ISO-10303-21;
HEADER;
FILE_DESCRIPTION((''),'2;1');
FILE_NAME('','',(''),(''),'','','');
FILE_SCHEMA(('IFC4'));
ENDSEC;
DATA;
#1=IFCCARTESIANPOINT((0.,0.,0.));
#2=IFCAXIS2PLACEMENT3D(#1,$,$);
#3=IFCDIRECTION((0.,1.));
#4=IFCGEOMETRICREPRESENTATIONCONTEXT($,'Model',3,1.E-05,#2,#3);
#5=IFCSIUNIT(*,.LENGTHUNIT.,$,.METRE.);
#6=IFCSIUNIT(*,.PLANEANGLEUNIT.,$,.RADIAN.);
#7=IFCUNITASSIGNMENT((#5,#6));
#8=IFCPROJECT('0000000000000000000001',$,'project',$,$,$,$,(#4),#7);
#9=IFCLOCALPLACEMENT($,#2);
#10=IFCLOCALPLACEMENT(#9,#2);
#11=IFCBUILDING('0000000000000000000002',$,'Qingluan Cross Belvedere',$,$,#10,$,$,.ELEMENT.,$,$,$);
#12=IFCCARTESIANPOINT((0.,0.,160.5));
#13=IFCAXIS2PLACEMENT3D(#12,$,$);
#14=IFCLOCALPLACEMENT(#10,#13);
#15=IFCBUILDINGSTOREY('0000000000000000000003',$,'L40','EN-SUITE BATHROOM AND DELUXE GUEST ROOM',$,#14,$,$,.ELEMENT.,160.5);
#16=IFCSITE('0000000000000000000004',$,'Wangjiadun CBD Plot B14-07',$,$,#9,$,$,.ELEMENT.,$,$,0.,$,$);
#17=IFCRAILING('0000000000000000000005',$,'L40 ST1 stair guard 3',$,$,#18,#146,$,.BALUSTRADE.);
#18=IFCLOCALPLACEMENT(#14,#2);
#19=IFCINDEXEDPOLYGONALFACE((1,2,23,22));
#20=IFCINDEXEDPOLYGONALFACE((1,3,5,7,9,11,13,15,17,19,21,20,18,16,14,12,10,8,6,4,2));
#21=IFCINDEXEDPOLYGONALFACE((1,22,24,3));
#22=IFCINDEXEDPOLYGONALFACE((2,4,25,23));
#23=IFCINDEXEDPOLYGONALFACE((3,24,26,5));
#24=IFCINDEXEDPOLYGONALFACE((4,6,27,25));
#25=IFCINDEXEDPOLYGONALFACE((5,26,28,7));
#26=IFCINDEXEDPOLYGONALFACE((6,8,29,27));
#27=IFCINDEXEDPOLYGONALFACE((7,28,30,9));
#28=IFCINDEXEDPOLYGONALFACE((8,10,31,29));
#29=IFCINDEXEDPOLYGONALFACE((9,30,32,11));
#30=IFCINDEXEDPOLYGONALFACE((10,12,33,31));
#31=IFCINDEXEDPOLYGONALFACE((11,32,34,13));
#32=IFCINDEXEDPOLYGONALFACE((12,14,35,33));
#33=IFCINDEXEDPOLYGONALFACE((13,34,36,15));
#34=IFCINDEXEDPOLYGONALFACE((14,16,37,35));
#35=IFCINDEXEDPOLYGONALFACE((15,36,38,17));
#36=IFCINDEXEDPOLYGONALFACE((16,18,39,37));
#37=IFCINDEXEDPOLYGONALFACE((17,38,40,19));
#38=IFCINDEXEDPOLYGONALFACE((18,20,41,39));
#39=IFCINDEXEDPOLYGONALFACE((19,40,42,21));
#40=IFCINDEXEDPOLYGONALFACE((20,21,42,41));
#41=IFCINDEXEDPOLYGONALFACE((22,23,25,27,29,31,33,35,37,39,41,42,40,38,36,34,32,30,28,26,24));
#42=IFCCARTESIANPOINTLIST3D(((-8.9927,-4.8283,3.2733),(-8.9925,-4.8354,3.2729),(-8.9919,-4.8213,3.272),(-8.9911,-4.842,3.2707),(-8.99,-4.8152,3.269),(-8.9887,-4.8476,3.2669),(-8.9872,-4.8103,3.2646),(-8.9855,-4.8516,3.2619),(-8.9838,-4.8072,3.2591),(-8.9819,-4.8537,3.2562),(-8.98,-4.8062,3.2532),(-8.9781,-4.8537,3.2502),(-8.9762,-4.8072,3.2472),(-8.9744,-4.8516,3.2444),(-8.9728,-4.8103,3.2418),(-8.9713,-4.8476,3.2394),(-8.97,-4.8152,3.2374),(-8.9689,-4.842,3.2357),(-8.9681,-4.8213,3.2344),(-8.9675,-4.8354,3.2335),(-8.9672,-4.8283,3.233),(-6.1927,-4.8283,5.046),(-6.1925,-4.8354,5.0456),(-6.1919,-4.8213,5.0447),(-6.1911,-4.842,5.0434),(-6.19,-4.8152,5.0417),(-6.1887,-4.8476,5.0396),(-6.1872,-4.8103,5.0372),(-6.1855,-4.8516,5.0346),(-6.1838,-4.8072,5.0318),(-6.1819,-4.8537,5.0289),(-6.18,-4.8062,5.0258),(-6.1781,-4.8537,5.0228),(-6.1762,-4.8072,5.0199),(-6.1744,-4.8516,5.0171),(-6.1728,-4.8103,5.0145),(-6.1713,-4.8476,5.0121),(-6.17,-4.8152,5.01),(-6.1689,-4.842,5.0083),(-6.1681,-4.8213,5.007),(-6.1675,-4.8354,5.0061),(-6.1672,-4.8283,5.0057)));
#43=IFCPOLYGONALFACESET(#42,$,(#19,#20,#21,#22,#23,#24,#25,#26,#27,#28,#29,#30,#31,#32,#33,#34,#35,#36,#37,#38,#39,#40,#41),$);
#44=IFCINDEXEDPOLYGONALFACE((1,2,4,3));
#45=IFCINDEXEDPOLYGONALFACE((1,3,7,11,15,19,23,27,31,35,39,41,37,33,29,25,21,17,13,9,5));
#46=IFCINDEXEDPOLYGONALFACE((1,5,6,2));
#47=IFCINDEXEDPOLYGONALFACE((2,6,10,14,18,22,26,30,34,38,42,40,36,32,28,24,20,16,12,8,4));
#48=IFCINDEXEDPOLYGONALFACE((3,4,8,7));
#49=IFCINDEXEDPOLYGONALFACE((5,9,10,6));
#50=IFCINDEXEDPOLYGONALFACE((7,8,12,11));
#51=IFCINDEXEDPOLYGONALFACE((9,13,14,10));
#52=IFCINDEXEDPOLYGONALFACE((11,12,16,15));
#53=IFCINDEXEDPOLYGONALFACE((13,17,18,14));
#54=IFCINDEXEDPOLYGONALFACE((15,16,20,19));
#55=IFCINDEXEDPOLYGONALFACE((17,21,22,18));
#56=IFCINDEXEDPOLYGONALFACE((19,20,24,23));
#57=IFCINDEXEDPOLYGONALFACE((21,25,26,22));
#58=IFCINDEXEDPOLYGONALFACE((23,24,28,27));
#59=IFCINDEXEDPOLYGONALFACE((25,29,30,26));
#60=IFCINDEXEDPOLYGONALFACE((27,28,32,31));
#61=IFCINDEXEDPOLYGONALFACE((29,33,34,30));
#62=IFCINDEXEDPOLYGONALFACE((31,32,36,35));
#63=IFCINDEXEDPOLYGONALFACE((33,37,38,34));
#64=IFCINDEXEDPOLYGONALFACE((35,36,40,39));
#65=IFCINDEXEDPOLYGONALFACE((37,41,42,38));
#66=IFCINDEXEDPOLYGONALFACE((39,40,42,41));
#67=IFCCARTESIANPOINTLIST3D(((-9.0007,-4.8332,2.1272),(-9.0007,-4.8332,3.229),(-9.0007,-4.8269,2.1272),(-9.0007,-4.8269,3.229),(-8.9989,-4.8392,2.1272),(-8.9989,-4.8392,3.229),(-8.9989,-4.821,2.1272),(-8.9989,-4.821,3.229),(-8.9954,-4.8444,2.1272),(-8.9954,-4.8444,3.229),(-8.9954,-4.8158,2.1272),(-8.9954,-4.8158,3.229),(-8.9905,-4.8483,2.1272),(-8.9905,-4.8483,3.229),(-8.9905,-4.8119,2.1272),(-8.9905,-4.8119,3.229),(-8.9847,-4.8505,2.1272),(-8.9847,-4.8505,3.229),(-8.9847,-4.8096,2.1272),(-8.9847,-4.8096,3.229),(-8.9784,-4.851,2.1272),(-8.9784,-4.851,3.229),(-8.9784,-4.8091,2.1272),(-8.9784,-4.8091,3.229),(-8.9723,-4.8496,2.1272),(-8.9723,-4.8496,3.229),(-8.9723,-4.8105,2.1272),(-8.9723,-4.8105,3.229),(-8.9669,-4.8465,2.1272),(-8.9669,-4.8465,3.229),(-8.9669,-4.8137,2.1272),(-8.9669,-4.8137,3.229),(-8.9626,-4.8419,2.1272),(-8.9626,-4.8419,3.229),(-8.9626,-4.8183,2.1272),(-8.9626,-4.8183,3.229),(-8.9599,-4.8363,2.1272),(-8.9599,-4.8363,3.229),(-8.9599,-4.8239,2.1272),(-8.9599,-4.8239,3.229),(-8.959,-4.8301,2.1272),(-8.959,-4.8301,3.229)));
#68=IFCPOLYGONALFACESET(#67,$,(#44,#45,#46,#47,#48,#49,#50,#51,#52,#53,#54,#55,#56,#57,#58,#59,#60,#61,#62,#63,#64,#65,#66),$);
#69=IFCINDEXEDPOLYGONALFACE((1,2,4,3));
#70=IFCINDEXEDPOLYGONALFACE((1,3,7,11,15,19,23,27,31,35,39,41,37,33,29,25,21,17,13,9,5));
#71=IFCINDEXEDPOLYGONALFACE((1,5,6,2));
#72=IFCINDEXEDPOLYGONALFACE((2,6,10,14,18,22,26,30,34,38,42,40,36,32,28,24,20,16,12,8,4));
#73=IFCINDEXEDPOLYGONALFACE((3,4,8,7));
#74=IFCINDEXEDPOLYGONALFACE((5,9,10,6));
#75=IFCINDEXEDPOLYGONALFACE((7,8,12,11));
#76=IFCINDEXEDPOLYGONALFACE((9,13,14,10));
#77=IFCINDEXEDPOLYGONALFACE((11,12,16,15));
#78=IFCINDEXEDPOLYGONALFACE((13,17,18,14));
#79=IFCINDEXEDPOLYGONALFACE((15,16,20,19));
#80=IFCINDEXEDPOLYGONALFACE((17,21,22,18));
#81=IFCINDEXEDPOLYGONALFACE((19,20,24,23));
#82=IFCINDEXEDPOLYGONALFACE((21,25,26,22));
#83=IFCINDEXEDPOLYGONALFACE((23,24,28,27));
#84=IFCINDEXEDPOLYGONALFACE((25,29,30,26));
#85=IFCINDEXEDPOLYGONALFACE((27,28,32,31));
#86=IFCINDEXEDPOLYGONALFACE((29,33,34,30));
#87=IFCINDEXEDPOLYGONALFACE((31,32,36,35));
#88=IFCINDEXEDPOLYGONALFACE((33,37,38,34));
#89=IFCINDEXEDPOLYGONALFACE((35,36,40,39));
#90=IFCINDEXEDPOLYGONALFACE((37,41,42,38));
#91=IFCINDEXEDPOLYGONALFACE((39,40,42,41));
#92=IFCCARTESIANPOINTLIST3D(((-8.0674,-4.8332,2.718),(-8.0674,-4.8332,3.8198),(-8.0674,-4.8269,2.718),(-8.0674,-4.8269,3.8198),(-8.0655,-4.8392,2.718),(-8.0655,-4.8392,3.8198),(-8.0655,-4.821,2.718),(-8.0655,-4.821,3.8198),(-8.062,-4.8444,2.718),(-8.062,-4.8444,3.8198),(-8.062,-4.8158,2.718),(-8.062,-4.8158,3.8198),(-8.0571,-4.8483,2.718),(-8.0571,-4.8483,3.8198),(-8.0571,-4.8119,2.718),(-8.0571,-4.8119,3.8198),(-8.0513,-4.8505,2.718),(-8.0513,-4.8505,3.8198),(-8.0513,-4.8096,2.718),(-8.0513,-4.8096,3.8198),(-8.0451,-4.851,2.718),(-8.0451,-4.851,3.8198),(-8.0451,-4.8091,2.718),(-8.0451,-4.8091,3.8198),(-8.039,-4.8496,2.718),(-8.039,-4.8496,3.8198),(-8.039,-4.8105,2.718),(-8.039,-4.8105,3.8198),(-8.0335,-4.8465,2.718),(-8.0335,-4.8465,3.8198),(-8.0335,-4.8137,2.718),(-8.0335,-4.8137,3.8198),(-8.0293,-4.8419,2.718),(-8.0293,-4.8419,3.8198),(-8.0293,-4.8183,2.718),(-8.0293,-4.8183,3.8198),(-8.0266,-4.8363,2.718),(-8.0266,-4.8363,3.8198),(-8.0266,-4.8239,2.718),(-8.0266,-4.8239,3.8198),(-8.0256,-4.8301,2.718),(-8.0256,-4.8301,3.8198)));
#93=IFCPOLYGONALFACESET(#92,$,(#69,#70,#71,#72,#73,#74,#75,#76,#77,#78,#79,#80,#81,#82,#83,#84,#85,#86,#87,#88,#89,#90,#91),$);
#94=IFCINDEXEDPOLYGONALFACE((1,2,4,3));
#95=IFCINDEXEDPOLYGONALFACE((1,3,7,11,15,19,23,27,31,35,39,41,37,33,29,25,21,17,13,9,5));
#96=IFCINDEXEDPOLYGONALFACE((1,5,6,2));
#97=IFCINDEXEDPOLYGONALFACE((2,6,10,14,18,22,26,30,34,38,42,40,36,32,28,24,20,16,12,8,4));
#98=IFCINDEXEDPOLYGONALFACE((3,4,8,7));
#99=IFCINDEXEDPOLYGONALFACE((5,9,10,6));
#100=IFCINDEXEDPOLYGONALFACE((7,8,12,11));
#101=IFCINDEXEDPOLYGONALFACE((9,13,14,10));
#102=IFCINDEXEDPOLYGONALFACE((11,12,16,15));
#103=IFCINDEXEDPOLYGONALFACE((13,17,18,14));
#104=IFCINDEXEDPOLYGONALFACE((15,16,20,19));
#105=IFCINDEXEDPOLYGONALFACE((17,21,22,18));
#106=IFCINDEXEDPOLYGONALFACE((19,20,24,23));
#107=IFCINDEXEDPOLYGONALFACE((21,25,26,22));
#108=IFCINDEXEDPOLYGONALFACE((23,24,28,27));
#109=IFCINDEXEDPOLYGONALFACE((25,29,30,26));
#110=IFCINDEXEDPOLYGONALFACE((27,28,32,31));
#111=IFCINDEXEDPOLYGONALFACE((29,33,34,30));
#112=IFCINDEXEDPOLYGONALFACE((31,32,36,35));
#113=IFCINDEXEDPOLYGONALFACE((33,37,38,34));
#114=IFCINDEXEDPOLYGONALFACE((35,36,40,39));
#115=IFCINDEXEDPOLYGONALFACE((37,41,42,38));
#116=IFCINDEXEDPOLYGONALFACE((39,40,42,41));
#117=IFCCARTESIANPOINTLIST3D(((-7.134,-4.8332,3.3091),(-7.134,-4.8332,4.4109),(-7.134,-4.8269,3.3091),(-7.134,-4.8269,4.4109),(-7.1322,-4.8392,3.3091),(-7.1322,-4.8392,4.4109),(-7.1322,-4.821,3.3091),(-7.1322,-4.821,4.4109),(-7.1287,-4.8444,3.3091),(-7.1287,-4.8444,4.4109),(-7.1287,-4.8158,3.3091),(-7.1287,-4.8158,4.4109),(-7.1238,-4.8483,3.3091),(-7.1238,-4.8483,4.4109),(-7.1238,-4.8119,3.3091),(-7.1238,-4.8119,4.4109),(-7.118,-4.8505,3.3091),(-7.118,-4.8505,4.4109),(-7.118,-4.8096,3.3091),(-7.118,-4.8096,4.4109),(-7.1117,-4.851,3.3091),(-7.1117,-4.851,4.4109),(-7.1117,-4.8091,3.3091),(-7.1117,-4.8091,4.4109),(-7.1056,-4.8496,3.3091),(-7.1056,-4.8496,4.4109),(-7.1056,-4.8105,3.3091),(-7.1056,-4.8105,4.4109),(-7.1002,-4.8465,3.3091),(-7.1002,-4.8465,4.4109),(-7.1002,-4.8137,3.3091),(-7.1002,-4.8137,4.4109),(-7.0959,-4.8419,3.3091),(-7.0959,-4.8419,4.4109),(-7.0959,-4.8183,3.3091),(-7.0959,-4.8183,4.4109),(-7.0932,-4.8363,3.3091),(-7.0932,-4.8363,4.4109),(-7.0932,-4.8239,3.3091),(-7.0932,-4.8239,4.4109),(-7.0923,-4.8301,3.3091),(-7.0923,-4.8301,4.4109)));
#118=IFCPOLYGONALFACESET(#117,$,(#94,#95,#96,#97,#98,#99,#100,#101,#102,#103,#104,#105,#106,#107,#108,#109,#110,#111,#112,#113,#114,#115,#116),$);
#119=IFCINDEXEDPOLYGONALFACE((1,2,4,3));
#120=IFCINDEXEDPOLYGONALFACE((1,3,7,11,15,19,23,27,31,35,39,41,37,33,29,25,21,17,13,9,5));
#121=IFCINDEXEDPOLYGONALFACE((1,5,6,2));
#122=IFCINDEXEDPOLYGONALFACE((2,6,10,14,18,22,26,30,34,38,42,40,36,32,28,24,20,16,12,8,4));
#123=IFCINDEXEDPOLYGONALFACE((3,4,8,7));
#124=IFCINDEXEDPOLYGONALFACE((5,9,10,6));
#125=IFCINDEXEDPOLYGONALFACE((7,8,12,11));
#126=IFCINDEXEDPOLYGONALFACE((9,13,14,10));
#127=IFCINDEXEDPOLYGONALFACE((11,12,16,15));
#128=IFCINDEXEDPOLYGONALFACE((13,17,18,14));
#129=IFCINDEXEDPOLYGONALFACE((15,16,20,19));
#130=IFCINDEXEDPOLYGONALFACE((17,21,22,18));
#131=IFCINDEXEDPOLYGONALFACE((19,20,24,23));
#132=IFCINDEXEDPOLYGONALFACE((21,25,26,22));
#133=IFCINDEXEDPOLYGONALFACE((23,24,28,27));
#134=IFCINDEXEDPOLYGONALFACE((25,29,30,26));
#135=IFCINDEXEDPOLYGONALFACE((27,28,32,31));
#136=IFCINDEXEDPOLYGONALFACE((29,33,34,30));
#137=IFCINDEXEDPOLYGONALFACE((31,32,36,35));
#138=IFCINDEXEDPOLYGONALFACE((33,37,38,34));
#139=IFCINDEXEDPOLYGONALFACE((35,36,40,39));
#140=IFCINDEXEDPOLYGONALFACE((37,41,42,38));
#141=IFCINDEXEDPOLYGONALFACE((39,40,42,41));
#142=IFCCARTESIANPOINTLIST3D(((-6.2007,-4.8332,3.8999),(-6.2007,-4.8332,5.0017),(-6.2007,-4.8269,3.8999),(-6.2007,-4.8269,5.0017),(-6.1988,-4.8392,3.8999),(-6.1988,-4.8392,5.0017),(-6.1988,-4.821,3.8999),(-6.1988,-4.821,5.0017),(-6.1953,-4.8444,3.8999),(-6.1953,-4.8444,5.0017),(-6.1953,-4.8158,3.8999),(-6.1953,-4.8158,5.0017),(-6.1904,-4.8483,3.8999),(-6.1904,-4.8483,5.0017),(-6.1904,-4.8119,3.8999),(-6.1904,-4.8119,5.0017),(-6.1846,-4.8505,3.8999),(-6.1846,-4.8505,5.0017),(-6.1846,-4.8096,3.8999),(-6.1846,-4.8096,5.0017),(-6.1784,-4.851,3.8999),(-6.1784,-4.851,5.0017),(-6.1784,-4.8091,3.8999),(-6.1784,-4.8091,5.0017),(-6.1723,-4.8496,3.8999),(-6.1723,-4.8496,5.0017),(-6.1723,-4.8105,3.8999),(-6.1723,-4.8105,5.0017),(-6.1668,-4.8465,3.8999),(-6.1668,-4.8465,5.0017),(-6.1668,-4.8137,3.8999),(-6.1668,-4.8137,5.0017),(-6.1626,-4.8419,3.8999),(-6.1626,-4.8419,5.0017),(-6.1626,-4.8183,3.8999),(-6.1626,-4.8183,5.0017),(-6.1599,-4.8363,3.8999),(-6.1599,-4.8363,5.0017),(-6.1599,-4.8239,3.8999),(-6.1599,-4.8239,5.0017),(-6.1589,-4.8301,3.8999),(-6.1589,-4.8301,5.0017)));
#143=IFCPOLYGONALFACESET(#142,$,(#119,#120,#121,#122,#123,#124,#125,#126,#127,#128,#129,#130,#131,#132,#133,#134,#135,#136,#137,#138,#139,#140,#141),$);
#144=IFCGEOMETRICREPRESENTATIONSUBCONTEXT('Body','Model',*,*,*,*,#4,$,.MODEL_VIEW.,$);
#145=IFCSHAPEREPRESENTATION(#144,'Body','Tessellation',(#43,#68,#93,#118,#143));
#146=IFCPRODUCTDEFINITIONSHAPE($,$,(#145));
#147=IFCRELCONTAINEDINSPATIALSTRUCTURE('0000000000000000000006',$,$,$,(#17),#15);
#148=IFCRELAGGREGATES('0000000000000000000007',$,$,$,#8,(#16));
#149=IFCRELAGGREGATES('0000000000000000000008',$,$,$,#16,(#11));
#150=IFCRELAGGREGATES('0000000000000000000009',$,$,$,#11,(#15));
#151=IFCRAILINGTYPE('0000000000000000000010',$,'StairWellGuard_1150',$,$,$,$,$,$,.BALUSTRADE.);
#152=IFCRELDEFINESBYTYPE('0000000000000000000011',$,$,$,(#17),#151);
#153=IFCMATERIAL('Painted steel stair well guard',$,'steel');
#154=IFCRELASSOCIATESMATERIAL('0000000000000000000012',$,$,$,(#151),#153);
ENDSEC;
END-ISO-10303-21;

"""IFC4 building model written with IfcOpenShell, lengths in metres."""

from ifc_helpers import new_model, si_unit, direction, frame, origin, origin_2d, place, context, subcontext, project, spatial, circle, extrude, material, type_object, element, save


model = new_model("IFC4")

# Units and contexts
model_context = context("Model", 3, precision=1e-05, world=origin(), true_north=direction((0.0, 1.0)))
body_context = subcontext(model_context, "Body", "Model", "MODEL_VIEW")
ifc_project = project(units=[si_unit("LENGTHUNIT", "METRE"), si_unit("PLANEANGLEUNIT", "RADIAN")], contexts=[model_context])

# Site, building, storey
site_placement = place(None, origin())
site = spatial("IfcSite", under=ifc_project, at=site_placement, Name="Wangjiadun CBD Plot B14-07", CompositionType="ELEMENT", RefElevation=0.0)
building_placement = place(site_placement, origin())
building = spatial("IfcBuilding", under=site, at=building_placement, Name="Qingluan Cross Belvedere", CompositionType="ELEMENT")
storey_placement = place(building_placement, frame((0.0, 0.0, 160.5)))
storey = spatial("IfcBuildingStorey", under=building, at=storey_placement, Name="L40", Description="EN-SUITE BATHROOM AND DELUXE GUEST ROOM", CompositionType="ELEMENT", Elevation=160.5)

# Railing
ifc_material_1 = material(Name="Painted steel stair well guard", Category="steel")
railing_type_1 = type_object("IfcRailingType", Name="StairWellGuard_1150", PredefinedType="BALUSTRADE", material=ifc_material_1)
railing_1_placement = place(storey_placement, frame((-8.98, -4.8301, 2.1272)))
element("IfcRailing", 1, at=railing_1_placement, inside=storey, type_object=railing_type_1, Name="L40 ST1 stair guard 3", PredefinedType="BALUSTRADE", context=body_context, shape_type="SweptSolid", body=[
    extrude(circle(Radius=0.0239, at=origin_2d()), frame((0.0, 0.0, 1.126), z_axis=(0.844909, 0.0, 0.53491), x_axis=(0.0, 1.0, 0.0)), (0.0, 0.0, 1.0), 3.314),
    extrude(circle(Radius=0.021, at=origin_2d()), origin(), (0.0, 0.0, 1.0), 1.1018),
    extrude(circle(Radius=0.021, at=origin_2d()), frame((0.9333, 0.0, 0.5908)), (0.0, 0.0, 1.0), 1.1018),
    extrude(circle(Radius=0.021, at=origin_2d()), frame((1.8667, 0.0, 1.1819)), (0.0, 0.0, 1.0), 1.1018),
    extrude(circle(Radius=0.021, at=origin_2d()), frame((2.8, 0.0, 1.7727)), (0.0, 0.0, 1.0), 1.1018),
])

save(model, "model.ifc")
